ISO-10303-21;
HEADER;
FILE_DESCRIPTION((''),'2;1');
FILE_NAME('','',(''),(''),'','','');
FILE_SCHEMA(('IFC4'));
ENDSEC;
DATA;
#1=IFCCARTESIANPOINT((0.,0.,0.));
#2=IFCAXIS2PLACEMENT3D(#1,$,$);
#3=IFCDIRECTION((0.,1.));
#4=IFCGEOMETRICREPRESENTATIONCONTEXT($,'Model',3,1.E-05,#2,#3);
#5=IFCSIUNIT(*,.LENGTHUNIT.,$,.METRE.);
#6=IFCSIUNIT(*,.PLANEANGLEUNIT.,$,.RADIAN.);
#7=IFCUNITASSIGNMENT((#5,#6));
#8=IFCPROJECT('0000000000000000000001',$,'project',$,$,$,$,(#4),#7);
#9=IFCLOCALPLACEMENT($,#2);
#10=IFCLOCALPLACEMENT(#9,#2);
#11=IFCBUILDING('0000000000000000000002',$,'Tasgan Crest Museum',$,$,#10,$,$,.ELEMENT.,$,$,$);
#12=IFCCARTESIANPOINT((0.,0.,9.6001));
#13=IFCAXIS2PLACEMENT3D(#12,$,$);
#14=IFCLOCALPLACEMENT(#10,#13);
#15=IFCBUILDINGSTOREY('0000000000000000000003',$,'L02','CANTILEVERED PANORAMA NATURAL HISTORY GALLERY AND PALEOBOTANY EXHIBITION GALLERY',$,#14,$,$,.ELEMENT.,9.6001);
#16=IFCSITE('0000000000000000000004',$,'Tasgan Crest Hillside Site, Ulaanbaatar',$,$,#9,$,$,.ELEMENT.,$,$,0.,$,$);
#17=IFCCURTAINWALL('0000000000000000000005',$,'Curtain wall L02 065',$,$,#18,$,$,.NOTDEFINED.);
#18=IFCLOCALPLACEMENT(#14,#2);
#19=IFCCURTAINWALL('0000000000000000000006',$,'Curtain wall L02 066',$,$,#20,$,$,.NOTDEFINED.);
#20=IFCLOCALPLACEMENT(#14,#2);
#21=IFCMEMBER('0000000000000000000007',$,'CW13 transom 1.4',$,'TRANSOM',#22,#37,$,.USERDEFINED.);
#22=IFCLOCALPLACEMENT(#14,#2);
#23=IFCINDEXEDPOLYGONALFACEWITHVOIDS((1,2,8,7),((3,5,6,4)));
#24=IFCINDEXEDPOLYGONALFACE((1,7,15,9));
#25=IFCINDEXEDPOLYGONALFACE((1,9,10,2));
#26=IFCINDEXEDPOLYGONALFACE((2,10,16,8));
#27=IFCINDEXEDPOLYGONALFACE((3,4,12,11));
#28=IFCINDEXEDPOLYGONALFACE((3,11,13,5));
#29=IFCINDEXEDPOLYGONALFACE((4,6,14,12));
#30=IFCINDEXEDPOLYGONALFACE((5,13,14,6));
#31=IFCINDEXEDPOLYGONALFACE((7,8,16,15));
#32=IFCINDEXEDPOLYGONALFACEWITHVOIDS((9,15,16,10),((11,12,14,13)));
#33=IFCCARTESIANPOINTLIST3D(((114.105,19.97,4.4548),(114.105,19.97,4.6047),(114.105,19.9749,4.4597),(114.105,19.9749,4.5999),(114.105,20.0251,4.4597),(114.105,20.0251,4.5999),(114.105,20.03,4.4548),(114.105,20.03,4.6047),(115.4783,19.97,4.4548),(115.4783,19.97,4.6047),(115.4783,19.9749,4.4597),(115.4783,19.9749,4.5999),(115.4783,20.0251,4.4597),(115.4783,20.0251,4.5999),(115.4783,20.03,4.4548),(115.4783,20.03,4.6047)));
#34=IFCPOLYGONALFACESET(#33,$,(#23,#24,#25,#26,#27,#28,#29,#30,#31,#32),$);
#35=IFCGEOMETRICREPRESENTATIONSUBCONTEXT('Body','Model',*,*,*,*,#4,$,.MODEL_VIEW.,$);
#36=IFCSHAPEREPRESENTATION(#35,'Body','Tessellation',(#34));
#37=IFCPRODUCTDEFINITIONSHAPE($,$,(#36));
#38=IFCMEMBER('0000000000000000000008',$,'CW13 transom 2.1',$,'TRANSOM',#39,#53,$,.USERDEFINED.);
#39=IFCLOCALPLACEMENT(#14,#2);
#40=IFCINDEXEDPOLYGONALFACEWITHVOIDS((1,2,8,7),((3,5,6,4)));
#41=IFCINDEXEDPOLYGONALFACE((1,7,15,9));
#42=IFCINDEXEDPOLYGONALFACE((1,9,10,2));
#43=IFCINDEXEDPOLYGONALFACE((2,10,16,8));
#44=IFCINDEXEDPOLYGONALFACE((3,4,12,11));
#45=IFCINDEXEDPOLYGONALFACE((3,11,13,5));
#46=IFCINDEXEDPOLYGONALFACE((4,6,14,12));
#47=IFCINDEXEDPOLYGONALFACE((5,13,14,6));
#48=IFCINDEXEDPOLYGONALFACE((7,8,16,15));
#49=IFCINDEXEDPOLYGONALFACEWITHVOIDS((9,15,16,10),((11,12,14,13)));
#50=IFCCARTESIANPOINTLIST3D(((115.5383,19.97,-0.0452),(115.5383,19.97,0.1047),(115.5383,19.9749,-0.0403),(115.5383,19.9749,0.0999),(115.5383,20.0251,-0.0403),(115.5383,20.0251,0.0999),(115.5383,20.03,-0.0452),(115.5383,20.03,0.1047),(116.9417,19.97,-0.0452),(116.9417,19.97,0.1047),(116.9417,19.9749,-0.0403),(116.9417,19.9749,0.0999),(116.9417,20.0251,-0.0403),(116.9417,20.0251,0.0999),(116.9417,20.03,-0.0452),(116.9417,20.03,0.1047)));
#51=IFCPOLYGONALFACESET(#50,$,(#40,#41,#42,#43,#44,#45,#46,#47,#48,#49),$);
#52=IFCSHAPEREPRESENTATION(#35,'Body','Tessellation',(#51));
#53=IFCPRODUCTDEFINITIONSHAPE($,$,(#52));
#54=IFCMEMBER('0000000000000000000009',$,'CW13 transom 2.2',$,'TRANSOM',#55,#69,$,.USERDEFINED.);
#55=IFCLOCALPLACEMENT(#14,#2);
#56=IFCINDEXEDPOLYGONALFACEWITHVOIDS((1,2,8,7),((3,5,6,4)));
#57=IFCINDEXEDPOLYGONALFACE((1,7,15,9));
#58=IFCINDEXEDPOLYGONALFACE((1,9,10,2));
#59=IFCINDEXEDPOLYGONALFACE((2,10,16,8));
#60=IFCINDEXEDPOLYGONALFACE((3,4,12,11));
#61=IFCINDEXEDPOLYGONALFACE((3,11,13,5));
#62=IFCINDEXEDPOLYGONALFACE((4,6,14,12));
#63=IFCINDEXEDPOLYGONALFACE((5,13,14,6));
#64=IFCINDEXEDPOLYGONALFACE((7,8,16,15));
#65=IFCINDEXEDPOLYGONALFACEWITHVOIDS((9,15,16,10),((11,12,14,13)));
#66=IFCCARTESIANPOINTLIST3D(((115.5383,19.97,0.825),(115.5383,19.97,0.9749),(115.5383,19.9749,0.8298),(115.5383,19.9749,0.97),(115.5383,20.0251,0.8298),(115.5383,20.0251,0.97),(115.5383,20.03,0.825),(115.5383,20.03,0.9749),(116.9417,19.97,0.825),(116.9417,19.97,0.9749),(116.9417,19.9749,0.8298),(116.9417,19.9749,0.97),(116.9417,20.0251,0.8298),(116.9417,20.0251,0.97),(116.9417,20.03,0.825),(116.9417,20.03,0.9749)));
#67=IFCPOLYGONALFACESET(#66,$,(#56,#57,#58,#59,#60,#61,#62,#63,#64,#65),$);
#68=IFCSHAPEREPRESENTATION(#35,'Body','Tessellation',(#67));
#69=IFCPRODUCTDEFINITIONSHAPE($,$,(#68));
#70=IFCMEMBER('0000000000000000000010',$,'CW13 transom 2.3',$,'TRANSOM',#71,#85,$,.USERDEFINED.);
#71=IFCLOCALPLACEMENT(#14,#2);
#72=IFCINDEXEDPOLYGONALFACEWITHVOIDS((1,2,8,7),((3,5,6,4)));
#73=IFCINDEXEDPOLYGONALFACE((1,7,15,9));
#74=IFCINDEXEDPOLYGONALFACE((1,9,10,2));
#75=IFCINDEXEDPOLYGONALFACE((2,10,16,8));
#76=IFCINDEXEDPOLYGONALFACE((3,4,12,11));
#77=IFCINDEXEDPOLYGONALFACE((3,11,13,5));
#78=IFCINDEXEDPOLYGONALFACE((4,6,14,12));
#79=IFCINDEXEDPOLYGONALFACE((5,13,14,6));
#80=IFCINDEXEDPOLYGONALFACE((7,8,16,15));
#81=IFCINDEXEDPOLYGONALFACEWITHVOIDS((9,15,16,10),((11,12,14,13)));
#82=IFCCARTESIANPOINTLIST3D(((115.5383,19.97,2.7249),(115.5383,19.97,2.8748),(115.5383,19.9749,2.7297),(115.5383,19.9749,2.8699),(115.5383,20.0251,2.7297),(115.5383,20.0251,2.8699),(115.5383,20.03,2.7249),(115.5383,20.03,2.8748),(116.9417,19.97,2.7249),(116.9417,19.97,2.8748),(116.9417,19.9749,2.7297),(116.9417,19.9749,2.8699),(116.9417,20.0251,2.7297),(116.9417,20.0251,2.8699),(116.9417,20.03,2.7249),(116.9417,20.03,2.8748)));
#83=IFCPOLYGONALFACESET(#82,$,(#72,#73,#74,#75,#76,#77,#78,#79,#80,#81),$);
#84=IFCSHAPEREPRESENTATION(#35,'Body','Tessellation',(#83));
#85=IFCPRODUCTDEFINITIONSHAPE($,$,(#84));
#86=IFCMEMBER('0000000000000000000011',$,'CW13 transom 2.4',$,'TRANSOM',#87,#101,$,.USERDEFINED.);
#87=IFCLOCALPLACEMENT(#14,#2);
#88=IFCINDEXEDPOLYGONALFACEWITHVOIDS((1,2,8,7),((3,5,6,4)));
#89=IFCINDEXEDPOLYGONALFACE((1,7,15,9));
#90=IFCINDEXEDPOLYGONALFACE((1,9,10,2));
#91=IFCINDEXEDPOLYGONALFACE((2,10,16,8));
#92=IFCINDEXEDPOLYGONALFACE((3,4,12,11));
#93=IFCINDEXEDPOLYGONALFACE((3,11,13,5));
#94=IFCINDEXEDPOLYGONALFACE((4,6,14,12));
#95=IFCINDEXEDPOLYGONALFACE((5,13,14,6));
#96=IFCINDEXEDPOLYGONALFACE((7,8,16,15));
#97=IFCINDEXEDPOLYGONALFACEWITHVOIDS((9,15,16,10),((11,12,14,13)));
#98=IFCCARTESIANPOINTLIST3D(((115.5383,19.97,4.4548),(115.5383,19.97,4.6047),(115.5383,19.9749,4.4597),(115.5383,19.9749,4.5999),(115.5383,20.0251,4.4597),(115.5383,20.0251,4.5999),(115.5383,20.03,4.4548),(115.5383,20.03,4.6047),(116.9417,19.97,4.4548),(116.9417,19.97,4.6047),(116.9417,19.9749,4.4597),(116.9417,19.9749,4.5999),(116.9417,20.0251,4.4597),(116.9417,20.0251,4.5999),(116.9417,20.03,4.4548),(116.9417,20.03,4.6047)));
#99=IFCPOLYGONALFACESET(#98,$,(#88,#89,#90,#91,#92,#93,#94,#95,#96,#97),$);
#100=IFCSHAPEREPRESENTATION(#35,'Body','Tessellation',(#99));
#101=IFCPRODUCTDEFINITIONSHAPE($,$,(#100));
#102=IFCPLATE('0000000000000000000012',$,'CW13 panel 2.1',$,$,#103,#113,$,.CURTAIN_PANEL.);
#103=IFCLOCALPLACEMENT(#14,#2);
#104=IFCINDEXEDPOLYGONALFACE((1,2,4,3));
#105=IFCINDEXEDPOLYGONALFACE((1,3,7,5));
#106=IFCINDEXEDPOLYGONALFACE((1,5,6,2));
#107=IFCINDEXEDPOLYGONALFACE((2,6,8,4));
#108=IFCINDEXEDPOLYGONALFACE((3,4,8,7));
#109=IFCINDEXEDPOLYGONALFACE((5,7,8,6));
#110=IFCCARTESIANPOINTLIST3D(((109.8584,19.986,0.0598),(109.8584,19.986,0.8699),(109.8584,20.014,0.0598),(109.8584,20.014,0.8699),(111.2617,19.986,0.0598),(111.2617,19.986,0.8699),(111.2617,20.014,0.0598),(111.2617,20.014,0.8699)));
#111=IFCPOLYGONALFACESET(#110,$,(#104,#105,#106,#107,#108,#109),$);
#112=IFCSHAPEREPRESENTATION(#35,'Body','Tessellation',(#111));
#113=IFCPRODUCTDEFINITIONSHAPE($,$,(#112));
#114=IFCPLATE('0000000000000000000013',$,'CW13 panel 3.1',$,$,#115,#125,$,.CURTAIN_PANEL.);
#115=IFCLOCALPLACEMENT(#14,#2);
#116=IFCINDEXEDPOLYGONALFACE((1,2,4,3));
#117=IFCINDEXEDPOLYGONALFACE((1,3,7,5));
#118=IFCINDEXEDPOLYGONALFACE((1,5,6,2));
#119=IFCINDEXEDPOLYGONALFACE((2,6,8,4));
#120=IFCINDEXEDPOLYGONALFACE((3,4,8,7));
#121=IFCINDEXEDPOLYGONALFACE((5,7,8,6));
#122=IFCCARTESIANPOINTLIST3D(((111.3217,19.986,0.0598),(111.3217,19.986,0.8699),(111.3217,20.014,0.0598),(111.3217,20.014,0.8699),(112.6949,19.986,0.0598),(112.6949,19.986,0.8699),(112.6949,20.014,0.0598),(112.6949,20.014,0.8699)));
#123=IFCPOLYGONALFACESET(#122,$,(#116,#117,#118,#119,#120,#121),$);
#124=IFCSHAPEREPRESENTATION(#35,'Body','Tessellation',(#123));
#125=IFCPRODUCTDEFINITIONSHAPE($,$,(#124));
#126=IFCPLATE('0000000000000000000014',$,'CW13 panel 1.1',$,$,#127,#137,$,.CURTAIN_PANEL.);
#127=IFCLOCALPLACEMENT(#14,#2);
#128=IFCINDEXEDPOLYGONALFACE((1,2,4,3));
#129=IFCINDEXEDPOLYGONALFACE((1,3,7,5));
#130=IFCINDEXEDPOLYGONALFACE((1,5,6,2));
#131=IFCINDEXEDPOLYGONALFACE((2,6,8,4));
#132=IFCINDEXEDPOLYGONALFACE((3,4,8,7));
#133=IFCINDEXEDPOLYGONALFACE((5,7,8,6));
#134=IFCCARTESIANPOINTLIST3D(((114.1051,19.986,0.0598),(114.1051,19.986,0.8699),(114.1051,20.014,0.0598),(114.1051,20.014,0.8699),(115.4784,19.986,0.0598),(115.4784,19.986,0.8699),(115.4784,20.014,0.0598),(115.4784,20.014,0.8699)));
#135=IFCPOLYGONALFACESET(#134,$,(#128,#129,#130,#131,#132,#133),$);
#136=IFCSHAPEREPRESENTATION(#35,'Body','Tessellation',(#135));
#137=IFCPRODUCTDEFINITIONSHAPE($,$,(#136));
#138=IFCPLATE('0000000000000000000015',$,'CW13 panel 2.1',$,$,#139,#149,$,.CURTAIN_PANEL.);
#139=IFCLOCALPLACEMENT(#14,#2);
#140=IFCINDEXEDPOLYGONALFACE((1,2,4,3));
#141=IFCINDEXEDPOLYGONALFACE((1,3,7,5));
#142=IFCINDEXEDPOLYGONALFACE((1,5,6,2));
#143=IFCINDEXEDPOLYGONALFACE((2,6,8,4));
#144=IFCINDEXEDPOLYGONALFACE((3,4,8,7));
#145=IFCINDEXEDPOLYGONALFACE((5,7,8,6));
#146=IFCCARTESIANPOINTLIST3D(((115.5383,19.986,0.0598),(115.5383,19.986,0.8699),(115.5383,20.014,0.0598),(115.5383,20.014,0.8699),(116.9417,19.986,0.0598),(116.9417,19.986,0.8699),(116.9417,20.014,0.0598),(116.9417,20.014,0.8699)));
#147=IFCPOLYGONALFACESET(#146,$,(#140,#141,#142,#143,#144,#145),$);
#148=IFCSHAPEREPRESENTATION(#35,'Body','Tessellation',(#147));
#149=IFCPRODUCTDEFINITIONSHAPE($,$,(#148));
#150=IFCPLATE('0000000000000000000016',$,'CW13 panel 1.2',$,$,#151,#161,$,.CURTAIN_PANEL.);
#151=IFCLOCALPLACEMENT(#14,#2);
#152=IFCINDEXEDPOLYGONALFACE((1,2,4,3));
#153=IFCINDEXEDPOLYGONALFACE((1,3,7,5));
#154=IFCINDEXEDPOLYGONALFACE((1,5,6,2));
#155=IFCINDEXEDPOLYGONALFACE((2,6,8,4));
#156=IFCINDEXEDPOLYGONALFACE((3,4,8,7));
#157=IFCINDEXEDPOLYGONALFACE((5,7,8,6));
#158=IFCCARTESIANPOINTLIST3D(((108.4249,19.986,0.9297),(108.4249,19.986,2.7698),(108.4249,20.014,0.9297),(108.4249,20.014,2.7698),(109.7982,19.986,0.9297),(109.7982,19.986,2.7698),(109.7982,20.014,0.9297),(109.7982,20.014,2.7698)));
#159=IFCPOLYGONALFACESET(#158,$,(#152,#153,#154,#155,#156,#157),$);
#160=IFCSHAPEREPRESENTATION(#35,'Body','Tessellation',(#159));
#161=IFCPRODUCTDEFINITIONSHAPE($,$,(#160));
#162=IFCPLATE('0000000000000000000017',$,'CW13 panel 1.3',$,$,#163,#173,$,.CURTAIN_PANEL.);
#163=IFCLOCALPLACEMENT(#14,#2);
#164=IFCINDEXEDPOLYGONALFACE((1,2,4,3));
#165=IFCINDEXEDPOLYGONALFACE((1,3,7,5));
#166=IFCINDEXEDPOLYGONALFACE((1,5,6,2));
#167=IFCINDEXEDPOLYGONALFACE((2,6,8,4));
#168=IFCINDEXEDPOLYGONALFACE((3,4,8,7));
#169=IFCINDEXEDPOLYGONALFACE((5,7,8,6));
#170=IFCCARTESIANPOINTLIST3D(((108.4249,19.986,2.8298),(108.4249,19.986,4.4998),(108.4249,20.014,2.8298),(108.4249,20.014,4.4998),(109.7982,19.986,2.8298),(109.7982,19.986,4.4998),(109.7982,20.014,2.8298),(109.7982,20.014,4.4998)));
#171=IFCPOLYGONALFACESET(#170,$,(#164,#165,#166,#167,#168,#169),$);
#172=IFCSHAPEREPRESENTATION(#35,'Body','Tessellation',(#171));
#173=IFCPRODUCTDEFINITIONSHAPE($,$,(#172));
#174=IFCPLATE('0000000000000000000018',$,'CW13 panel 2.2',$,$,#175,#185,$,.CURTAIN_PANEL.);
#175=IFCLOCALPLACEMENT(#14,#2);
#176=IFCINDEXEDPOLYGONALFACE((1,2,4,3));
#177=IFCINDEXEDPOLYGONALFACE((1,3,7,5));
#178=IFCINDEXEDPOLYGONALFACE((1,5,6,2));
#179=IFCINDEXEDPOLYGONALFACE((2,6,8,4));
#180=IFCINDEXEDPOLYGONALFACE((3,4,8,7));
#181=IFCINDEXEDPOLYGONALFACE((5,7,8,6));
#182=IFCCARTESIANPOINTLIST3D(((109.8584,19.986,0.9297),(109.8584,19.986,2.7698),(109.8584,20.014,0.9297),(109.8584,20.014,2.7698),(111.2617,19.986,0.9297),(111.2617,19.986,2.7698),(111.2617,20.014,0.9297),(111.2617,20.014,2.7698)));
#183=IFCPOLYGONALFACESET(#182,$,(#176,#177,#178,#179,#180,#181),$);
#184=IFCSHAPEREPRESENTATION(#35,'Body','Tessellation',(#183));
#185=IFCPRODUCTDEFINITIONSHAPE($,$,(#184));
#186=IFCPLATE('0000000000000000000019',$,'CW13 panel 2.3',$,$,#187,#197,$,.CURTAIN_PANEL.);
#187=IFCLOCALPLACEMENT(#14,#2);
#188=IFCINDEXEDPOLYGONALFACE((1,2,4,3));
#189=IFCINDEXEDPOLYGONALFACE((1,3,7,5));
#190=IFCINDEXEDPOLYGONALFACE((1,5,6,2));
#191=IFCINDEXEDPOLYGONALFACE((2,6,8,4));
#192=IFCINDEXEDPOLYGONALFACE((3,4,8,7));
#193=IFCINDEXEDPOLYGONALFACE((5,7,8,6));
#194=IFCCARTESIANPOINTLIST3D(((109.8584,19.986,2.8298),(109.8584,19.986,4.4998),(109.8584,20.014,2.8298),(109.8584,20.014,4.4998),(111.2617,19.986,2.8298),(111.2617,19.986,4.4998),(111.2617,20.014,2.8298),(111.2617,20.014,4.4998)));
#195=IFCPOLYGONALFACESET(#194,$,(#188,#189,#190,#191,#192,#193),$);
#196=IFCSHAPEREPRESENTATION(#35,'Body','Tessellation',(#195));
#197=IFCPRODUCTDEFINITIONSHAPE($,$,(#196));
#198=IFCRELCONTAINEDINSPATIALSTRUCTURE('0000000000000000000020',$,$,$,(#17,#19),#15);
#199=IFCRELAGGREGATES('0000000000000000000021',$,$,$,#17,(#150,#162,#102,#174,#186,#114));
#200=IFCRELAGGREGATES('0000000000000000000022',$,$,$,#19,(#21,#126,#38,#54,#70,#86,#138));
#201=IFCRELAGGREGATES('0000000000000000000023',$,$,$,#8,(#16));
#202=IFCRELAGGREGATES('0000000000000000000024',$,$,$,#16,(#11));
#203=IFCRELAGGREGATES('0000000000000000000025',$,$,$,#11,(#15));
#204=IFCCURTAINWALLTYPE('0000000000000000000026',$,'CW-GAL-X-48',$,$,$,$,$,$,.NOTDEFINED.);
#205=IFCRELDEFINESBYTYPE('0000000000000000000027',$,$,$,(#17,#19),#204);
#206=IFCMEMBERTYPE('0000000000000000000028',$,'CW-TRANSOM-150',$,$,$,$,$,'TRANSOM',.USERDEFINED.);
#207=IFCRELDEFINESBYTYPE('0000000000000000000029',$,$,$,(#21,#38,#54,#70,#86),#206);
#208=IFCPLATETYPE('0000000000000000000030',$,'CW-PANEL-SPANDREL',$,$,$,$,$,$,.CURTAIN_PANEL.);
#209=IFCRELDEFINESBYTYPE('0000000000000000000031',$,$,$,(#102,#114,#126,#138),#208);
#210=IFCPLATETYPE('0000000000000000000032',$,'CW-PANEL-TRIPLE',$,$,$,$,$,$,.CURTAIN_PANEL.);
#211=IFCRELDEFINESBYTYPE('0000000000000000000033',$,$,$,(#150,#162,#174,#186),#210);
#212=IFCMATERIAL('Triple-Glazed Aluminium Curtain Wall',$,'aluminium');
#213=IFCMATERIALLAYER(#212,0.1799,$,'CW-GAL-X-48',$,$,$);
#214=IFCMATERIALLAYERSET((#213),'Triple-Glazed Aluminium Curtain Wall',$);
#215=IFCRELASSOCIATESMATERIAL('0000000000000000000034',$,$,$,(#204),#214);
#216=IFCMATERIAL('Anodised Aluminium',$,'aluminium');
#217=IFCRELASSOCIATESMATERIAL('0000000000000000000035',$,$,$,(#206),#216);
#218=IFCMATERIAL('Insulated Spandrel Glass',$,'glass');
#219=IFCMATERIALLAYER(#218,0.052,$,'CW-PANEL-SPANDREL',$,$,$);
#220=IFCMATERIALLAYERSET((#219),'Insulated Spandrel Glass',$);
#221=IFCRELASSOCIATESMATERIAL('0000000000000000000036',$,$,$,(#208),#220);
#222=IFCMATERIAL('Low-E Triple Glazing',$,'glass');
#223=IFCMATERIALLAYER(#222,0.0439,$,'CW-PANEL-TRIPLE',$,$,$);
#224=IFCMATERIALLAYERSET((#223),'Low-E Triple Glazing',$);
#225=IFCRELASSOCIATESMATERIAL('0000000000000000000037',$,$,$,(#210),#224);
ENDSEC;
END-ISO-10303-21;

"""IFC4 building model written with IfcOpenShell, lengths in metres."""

from ifc_helpers import new_model, si_unit, direction, frame, origin, origin_2d, place, context, subcontext, project, spatial, rectangle, hollow_rectangle, extrude, material, layer, layer_set, material_profile, profile_set, type_object, element, aggregate, save


model = new_model("IFC4")

# Units and contexts
model_context = context("Model", 3, precision=1e-05, world=origin(), true_north=direction((0.0, 1.0)))
body_context = subcontext(model_context, "Body", "Model", "MODEL_VIEW")
ifc_project = project(units=[si_unit("LENGTHUNIT", "METRE"), si_unit("PLANEANGLEUNIT", "RADIAN")], contexts=[model_context])

# Site, building, storey
site_placement = place(None, origin())
site = spatial("IfcSite", under=ifc_project, at=site_placement, Name="Tasgan Crest Hillside Site, Ulaanbaatar", CompositionType="ELEMENT", RefElevation=0.0)
building_placement = place(site_placement, origin())
building = spatial("IfcBuilding", under=site, at=building_placement, Name="Tasgan Crest Museum", CompositionType="ELEMENT")
storey_placement = place(building_placement, frame((0.0, 0.0, 9.6001)))
storey = spatial("IfcBuildingStorey", under=building, at=storey_placement, Name="L02", Description="CANTILEVERED PANORAMA NATURAL HISTORY GALLERY AND PALEOBOTANY EXHIBITION GALLERY", CompositionType="ELEMENT", Elevation=9.6001)

# Curtain walls
ifc_material_1 = material(Name="Triple-Glazed Aluminium Curtain Wall", Category="aluminium")
ifc_layer_1 = layer(ifc_material_1, 0.1799, Name="CW-GAL-X-48")
ifc_layer_set_1 = layer_set([ifc_layer_1], Name="Triple-Glazed Aluminium Curtain Wall")
curtain_wall_type = type_object("IfcCurtainWallType", Name="CW-GAL-X-48", PredefinedType="NOTDEFINED", material=ifc_layer_set_1)
curtain_wall_1_placement = place(storey_placement, origin())
curtain_wall_1 = element("IfcCurtainWall", 1, at=curtain_wall_1_placement, inside=storey, type_object=curtain_wall_type, Name="Curtain wall L02 065", PredefinedType="NOTDEFINED")
curtain_wall_2_placement = place(storey_placement, origin())
curtain_wall_2 = element("IfcCurtainWall", 2, at=curtain_wall_2_placement, inside=storey, type_object=curtain_wall_type, Name="Curtain wall L02 066", PredefinedType="NOTDEFINED")

# Members
ifc_material_2 = material(Name="Anodised Aluminium", Category="aluminium")
ifc_material_profile_1 = material_profile(ifc_material_2, hollow_rectangle(XDim=0.0601, YDim=0.1499, WallThickness=0.0049, at=origin_2d()), Name="ALU TRANSOM 150x60x5")
ifc_profile_set_1 = profile_set([ifc_material_profile_1], Name="Anodised Aluminium")
member_type_1 = type_object("IfcMemberType", Name="CW-TRANSOM-150", ElementType="TRANSOM", PredefinedType="USERDEFINED", material=ifc_profile_set_1)
member_1_placement = place(storey_placement, frame((114.105, 20.0, 4.5298), z_axis=(1.0, 0.0, 0.0), x_axis=(0.0, 1.0, 0.0)))
member_1 = element("IfcMember", 3, at=member_1_placement, type_object=member_type_1, Name="CW13 transom 1.4", ObjectType="TRANSOM", PredefinedType="USERDEFINED", context=body_context, shape_type="SweptSolid", body=[
    extrude(hollow_rectangle(XDim=0.0601, YDim=0.1499, WallThickness=0.0049, at=origin_2d()), origin(), (0.0, 0.0, 1.0), 1.3733),
])
member_2_placement = place(storey_placement, frame((115.5383, 20.0, 0.0298), z_axis=(1.0, 0.0, 0.0), x_axis=(0.0, 1.0, 0.0)))
member_2 = element("IfcMember", 4, at=member_2_placement, type_object=member_type_1, Name="CW13 transom 2.1", ObjectType="TRANSOM", PredefinedType="USERDEFINED", context=body_context, shape_type="SweptSolid", body=[
    extrude(hollow_rectangle(XDim=0.0601, YDim=0.1499, WallThickness=0.0049, at=origin_2d()), origin(), (0.0, 0.0, 1.0), 1.4033),
])
member_3_placement = place(storey_placement, frame((115.5383, 20.0, 0.8999), z_axis=(1.0, 0.0, 0.0), x_axis=(0.0, 1.0, 0.0)))
member_3 = element("IfcMember", 5, at=member_3_placement, type_object=member_type_1, Name="CW13 transom 2.2", ObjectType="TRANSOM", PredefinedType="USERDEFINED", context=body_context, shape_type="SweptSolid", body=[
    extrude(hollow_rectangle(XDim=0.0601, YDim=0.1499, WallThickness=0.0049, at=origin_2d()), origin(), (0.0, 0.0, 1.0), 1.4033),
])
member_4_placement = place(storey_placement, frame((115.5383, 20.0, 2.7998), z_axis=(1.0, 0.0, 0.0), x_axis=(0.0, 1.0, 0.0)))
member_4 = element("IfcMember", 6, at=member_4_placement, type_object=member_type_1, Name="CW13 transom 2.3", ObjectType="TRANSOM", PredefinedType="USERDEFINED", context=body_context, shape_type="SweptSolid", body=[
    extrude(hollow_rectangle(XDim=0.0601, YDim=0.1499, WallThickness=0.0049, at=origin_2d()), origin(), (0.0, 0.0, 1.0), 1.4033),
])
member_5_placement = place(storey_placement, frame((115.5383, 20.0, 4.5298), z_axis=(1.0, 0.0, 0.0), x_axis=(0.0, 1.0, 0.0)))
member_5 = element("IfcMember", 7, at=member_5_placement, type_object=member_type_1, Name="CW13 transom 2.4", ObjectType="TRANSOM", PredefinedType="USERDEFINED", context=body_context, shape_type="SweptSolid", body=[
    extrude(hollow_rectangle(XDim=0.0601, YDim=0.1499, WallThickness=0.0049, at=origin_2d()), origin(), (0.0, 0.0, 1.0), 1.4033),
])

# Plates
ifc_material_3 = material(Name="Insulated Spandrel Glass", Category="glass")
ifc_layer_2 = layer(ifc_material_3, 0.052, Name="CW-PANEL-SPANDREL")
ifc_layer_set_2 = layer_set([ifc_layer_2], Name="Insulated Spandrel Glass")
plate_type_1 = type_object("IfcPlateType", Name="CW-PANEL-SPANDREL", PredefinedType="CURTAIN_PANEL", material=ifc_layer_set_2)
plate_1_placement = place(storey_placement, frame((110.5601, 20.0, 0.0598), z_axis=(0.0, 0.0, 1.0), x_axis=(1.0, 0.0, 0.0)))
plate_1 = element("IfcPlate", 8, at=plate_1_placement, type_object=plate_type_1, Name="CW13 panel 2.1", PredefinedType="CURTAIN_PANEL", context=body_context, shape_type="SweptSolid", body=[
    extrude(rectangle(XDim=1.4033, YDim=0.0281, at=origin_2d()), origin(), (0.0, 0.0, 1.0), 0.8101),
])
plate_2_placement = place(storey_placement, frame((112.0083, 20.0, 0.0598), z_axis=(0.0, 0.0, 1.0), x_axis=(1.0, 0.0, 0.0)))
plate_2 = element("IfcPlate", 9, at=plate_2_placement, type_object=plate_type_1, Name="CW13 panel 3.1", PredefinedType="CURTAIN_PANEL", context=body_context, shape_type="SweptSolid", body=[
    extrude(rectangle(XDim=1.3733, YDim=0.0281, at=origin_2d()), origin(), (0.0, 0.0, 1.0), 0.8101),
])
plate_3_placement = place(storey_placement, frame((114.7917, 20.0, 0.0598), z_axis=(0.0, 0.0, 1.0), x_axis=(1.0, 0.0, 0.0)))
plate_3 = element("IfcPlate", 10, at=plate_3_placement, type_object=plate_type_1, Name="CW13 panel 1.1", PredefinedType="CURTAIN_PANEL", context=body_context, shape_type="SweptSolid", body=[
    extrude(rectangle(XDim=1.3733, YDim=0.0281, at=origin_2d()), origin(), (0.0, 0.0, 1.0), 0.8101),
])
plate_4_placement = place(storey_placement, frame((116.24, 20.0, 0.0598), z_axis=(0.0, 0.0, 1.0), x_axis=(1.0, 0.0, 0.0)))
plate_4 = element("IfcPlate", 11, at=plate_4_placement, type_object=plate_type_1, Name="CW13 panel 2.1", PredefinedType="CURTAIN_PANEL", context=body_context, shape_type="SweptSolid", body=[
    extrude(rectangle(XDim=1.4033, YDim=0.0281, at=origin_2d()), origin(), (0.0, 0.0, 1.0), 0.8101),
])
ifc_material_4 = material(Name="Low-E Triple Glazing", Category="glass")
ifc_layer_3 = layer(ifc_material_4, 0.0439, Name="CW-PANEL-TRIPLE")
ifc_layer_set_3 = layer_set([ifc_layer_3], Name="Low-E Triple Glazing")
plate_type_2 = type_object("IfcPlateType", Name="CW-PANEL-TRIPLE", PredefinedType="CURTAIN_PANEL", material=ifc_layer_set_3)
plate_5_placement = place(storey_placement, frame((109.1116, 20.0, 0.9297), z_axis=(0.0, 0.0, 1.0), x_axis=(1.0, 0.0, 0.0)))
plate_5 = element("IfcPlate", 12, at=plate_5_placement, type_object=plate_type_2, Name="CW13 panel 1.2", PredefinedType="CURTAIN_PANEL", context=body_context, shape_type="SweptSolid", body=[
    extrude(rectangle(XDim=1.3733, YDim=0.0281, at=origin_2d()), origin(), (0.0, 0.0, 1.0), 1.8401),
])
plate_6_placement = place(storey_placement, frame((109.1116, 20.0, 2.8298), z_axis=(0.0, 0.0, 1.0), x_axis=(1.0, 0.0, 0.0)))
plate_6 = element("IfcPlate", 13, at=plate_6_placement, type_object=plate_type_2, Name="CW13 panel 1.3", PredefinedType="CURTAIN_PANEL", context=body_context, shape_type="SweptSolid", body=[
    extrude(rectangle(XDim=1.3733, YDim=0.0281, at=origin_2d()), origin(), (0.0, 0.0, 1.0), 1.6699),
])
plate_7_placement = place(storey_placement, frame((110.5601, 20.0, 0.9297), z_axis=(0.0, 0.0, 1.0), x_axis=(1.0, 0.0, 0.0)))
plate_7 = element("IfcPlate", 14, at=plate_7_placement, type_object=plate_type_2, Name="CW13 panel 2.2", PredefinedType="CURTAIN_PANEL", context=body_context, shape_type="SweptSolid", body=[
    extrude(rectangle(XDim=1.4033, YDim=0.0281, at=origin_2d()), origin(), (0.0, 0.0, 1.0), 1.8401),
])
plate_8_placement = place(storey_placement, frame((110.5601, 20.0, 2.8298), z_axis=(0.0, 0.0, 1.0), x_axis=(1.0, 0.0, 0.0)))
plate_8 = element("IfcPlate", 15, at=plate_8_placement, type_object=plate_type_2, Name="CW13 panel 2.3", PredefinedType="CURTAIN_PANEL", context=body_context, shape_type="SweptSolid", body=[
    extrude(rectangle(XDim=1.4033, YDim=0.0281, at=origin_2d()), origin(), (0.0, 0.0, 1.0), 1.6699),
])
aggregate(curtain_wall_1, [plate_5, plate_6, plate_1, plate_7, plate_8, plate_2])
aggregate(curtain_wall_2, [member_1, plate_3, member_2, member_3, member_4, member_5, plate_4])

save(model, "model.ifc")
